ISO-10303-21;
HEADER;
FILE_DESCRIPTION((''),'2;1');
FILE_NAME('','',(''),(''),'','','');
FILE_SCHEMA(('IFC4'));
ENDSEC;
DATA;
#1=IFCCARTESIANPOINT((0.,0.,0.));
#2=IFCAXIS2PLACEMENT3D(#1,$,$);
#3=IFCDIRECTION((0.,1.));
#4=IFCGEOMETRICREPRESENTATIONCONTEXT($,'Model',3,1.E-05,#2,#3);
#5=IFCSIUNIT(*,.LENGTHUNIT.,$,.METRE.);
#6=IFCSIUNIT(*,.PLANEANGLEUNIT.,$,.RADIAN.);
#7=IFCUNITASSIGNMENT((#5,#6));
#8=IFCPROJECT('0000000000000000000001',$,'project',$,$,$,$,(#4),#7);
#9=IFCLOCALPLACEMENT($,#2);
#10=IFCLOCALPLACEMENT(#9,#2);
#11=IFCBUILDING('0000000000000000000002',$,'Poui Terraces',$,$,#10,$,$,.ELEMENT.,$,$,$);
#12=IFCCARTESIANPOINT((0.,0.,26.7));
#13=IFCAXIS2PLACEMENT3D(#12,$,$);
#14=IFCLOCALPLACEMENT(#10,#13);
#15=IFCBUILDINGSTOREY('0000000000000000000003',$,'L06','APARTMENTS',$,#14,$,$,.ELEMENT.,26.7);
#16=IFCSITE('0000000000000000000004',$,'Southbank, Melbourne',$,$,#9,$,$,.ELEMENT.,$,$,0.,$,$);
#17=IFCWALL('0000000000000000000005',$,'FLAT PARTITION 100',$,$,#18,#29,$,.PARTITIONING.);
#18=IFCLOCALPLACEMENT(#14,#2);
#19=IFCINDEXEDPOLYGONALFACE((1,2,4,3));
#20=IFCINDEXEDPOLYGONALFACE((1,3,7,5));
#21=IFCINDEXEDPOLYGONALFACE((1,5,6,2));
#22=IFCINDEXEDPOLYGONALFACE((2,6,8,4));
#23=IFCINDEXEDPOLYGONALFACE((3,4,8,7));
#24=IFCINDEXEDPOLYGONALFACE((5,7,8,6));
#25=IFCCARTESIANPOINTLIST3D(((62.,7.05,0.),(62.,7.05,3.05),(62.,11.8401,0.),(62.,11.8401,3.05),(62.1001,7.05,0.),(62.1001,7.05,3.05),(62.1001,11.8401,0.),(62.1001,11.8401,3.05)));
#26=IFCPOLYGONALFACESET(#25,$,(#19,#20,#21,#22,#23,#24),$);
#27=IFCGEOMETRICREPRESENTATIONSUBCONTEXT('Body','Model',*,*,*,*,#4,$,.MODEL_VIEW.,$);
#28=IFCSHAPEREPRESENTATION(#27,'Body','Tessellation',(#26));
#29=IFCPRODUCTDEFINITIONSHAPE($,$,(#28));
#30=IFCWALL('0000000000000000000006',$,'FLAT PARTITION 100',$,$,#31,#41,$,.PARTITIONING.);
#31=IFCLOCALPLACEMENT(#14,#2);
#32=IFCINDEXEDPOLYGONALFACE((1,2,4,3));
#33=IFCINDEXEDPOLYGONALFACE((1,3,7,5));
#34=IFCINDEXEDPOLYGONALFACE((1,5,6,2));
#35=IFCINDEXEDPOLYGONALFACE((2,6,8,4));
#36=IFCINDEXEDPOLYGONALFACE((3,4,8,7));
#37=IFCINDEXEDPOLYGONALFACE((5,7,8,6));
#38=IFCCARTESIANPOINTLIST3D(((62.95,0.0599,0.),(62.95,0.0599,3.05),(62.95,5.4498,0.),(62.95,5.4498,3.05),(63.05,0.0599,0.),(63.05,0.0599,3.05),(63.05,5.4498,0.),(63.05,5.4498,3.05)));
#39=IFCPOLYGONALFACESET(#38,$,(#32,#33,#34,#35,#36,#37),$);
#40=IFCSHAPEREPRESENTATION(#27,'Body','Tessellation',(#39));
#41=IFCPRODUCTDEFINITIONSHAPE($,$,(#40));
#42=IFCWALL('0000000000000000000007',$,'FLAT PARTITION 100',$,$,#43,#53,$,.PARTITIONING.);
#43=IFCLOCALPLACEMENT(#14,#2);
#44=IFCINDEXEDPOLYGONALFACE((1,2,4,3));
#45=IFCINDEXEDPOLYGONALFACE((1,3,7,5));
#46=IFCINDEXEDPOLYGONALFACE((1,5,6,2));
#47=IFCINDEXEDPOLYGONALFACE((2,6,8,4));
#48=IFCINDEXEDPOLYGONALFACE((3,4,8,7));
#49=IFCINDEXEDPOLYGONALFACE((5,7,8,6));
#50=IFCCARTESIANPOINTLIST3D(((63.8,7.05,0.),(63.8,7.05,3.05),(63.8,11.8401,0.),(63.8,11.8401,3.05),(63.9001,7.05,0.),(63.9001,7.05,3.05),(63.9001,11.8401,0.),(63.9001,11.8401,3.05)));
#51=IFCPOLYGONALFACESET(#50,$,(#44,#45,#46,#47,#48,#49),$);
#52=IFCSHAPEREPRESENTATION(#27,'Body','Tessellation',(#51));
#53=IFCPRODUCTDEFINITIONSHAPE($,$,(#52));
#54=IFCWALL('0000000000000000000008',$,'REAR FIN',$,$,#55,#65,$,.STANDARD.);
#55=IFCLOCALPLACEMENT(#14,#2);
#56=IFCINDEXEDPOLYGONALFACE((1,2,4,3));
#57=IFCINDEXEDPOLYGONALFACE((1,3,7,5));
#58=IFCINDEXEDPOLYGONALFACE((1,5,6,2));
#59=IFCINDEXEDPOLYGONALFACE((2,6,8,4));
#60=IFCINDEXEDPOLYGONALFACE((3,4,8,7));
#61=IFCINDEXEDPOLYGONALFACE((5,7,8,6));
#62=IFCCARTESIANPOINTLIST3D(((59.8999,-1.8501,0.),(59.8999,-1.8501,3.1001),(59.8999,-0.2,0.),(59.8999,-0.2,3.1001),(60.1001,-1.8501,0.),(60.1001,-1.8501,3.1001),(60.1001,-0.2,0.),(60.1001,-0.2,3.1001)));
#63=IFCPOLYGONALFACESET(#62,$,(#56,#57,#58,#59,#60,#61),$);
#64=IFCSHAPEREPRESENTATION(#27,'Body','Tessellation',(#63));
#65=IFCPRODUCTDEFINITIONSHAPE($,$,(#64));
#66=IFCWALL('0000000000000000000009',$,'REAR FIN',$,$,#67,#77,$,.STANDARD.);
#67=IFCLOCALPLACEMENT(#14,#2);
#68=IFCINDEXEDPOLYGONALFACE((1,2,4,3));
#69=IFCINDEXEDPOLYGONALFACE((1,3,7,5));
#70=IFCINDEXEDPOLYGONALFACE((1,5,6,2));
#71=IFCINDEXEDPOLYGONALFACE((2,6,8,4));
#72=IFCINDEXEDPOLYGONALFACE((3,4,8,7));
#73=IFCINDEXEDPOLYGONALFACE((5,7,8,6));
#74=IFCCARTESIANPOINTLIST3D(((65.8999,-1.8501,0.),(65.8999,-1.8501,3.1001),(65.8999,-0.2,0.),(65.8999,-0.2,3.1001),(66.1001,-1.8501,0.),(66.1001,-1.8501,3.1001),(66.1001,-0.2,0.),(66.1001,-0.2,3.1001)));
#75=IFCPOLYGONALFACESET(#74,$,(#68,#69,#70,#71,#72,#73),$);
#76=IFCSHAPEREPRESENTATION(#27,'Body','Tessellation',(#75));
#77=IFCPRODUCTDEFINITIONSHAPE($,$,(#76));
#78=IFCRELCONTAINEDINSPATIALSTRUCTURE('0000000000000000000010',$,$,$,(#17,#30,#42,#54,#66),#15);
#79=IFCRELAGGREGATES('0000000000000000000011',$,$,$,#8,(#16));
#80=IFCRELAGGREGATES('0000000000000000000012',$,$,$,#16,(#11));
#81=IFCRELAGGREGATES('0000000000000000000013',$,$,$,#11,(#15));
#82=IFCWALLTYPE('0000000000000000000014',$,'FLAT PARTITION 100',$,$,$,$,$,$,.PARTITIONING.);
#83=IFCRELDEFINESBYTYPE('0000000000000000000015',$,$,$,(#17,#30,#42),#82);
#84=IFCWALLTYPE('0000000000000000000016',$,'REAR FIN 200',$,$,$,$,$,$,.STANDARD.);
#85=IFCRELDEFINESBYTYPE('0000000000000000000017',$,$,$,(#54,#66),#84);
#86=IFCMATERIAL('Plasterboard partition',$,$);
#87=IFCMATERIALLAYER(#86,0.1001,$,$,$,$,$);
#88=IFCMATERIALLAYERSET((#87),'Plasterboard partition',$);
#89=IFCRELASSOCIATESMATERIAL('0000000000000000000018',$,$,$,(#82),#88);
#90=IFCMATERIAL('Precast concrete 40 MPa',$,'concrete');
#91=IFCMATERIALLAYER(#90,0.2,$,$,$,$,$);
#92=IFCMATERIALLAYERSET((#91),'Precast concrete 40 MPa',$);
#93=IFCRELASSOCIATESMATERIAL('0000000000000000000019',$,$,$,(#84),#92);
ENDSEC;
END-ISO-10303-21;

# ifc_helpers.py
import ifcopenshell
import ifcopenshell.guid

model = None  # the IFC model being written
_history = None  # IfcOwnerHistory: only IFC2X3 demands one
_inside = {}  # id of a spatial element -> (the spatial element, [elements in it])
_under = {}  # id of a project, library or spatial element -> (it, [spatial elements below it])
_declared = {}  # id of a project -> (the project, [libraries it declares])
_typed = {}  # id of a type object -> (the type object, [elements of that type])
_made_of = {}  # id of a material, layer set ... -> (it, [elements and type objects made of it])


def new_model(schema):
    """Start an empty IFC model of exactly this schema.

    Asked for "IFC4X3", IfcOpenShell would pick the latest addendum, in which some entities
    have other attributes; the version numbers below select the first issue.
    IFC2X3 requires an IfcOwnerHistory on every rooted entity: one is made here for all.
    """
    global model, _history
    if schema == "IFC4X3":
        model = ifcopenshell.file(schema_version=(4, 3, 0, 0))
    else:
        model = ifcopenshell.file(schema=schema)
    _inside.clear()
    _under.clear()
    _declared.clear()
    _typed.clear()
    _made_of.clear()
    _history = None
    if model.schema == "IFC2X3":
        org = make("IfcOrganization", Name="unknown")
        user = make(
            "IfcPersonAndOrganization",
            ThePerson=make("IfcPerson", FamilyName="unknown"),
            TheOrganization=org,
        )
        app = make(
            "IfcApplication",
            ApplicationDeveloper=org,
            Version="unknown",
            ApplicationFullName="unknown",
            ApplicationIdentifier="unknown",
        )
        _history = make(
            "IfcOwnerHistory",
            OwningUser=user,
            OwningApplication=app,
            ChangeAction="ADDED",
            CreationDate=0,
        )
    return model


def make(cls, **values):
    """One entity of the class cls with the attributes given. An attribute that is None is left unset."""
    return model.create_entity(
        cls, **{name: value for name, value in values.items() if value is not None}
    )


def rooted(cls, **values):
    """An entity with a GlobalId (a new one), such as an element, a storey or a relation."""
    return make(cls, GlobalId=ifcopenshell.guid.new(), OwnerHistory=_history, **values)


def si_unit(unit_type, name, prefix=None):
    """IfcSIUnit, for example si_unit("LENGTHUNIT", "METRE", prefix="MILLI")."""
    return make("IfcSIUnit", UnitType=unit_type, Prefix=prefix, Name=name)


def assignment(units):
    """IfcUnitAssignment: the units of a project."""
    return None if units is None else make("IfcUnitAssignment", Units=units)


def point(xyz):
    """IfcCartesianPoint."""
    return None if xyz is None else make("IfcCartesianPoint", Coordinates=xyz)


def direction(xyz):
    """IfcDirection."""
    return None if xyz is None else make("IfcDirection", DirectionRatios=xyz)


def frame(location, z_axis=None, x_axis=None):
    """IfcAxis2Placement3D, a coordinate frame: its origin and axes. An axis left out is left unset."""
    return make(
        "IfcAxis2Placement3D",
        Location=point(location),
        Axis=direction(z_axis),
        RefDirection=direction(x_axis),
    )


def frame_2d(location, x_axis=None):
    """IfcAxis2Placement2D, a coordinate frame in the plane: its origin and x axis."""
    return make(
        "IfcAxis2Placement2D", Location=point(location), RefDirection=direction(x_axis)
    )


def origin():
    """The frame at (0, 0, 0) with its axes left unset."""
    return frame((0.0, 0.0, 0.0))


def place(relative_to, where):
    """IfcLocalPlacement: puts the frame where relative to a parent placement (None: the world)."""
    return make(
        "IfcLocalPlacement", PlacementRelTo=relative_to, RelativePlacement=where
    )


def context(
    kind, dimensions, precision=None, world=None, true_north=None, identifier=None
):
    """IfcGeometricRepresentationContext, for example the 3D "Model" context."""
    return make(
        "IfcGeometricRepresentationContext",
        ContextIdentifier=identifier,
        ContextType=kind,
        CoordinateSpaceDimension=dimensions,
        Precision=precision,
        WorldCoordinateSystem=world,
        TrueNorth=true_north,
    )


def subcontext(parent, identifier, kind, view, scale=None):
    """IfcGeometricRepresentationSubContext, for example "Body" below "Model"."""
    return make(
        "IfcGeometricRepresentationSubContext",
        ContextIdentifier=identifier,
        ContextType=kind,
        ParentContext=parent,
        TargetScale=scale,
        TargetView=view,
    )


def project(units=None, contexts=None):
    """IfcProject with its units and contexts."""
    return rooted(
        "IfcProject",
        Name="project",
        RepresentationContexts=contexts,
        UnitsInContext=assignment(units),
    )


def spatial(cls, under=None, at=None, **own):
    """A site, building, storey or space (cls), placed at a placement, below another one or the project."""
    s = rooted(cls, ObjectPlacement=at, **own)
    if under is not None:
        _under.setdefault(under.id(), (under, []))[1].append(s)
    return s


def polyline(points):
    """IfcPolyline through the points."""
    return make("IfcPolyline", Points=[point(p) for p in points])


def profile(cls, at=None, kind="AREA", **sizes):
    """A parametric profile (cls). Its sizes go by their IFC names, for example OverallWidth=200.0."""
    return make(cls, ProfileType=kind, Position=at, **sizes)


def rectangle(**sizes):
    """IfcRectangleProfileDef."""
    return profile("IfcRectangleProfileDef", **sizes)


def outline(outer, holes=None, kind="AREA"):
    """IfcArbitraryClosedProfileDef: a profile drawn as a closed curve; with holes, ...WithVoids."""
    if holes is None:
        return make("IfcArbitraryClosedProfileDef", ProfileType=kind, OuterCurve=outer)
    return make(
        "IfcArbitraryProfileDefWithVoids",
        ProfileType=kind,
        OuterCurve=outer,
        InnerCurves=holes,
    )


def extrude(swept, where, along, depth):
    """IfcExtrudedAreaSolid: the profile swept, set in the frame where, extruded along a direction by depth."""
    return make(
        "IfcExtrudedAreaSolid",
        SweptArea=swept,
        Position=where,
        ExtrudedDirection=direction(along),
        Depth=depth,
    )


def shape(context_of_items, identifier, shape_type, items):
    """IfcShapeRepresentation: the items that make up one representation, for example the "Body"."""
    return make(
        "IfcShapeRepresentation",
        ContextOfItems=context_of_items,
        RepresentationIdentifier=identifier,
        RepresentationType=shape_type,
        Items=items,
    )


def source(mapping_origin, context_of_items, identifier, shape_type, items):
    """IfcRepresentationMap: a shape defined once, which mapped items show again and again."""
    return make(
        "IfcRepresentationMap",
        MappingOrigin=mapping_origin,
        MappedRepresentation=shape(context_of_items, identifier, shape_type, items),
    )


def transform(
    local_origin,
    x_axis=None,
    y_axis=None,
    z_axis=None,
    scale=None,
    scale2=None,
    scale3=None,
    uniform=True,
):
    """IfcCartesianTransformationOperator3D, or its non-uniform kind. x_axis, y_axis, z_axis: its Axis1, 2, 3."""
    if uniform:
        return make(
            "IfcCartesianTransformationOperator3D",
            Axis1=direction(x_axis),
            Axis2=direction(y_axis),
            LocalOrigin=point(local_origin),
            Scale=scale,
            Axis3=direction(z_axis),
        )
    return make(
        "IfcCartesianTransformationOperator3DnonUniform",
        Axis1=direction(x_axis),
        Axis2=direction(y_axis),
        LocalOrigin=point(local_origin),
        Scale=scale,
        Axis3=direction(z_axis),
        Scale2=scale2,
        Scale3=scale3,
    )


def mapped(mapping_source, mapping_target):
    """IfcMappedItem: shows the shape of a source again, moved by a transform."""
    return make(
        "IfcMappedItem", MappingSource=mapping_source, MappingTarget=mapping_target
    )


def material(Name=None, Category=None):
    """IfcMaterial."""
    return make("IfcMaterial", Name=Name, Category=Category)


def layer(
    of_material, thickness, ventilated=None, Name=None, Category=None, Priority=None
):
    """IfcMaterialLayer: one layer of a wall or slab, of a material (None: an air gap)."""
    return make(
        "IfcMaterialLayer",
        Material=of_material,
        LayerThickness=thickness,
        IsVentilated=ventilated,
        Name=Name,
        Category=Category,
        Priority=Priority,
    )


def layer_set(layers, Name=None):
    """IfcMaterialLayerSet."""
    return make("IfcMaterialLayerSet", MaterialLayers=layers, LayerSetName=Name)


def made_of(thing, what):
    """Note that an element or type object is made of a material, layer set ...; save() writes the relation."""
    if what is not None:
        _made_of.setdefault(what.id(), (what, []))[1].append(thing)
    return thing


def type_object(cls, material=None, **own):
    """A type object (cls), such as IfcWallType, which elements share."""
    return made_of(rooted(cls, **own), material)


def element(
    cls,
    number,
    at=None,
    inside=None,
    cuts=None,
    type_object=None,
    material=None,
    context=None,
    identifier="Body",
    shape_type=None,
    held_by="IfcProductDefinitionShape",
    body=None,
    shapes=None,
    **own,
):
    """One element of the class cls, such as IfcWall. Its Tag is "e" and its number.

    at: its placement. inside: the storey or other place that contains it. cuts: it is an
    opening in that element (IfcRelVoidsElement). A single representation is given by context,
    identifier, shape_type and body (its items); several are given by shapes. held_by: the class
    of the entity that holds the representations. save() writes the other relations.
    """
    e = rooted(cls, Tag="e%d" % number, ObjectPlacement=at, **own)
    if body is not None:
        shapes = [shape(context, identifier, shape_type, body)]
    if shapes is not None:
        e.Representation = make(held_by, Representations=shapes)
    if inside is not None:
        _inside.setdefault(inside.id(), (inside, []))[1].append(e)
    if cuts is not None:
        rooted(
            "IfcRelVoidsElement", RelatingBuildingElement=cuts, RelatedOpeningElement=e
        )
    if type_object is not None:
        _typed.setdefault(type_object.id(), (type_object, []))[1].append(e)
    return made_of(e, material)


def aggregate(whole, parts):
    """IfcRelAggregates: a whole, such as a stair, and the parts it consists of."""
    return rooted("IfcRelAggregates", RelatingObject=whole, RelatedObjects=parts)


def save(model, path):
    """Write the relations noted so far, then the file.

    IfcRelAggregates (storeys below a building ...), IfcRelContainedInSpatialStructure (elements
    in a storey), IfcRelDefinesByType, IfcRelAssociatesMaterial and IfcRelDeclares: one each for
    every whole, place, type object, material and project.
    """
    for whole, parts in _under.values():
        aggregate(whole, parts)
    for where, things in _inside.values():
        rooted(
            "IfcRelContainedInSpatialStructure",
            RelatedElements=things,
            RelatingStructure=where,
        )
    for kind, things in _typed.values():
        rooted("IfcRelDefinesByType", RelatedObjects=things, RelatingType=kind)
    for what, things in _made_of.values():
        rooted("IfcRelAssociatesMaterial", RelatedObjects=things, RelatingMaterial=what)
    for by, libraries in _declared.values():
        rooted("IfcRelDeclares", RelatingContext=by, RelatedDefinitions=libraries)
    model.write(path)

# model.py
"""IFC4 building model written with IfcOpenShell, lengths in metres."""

from ifc_helpers import new_model, si_unit, direction, frame, frame_2d, origin, place, context, subcontext, project, spatial, polyline, rectangle, outline, extrude, source, transform, mapped, material, layer, layer_set, type_object, element, save


model = new_model("IFC4")

# Units and contexts
model_context = context("Model", 3, precision=1e-05, world=origin(), true_north=direction((0.0, 1.0)))
body_context = subcontext(model_context, "Body", "Model", "MODEL_VIEW")
ifc_project = project(units=[si_unit("LENGTHUNIT", "METRE"), si_unit("PLANEANGLEUNIT", "RADIAN")], contexts=[model_context])

# Site, building, storey
site_placement = place(None, origin())
site = spatial("IfcSite", under=ifc_project, at=site_placement, Name="Southbank, Melbourne", CompositionType="ELEMENT", RefElevation=0.0)
building_placement = place(site_placement, origin())
building = spatial("IfcBuilding", under=site, at=building_placement, Name="Poui Terraces", CompositionType="ELEMENT")
storey_placement = place(building_placement, frame((0.0, 0.0, 26.7)))
storey = spatial("IfcBuildingStorey", under=building, at=storey_placement, Name="L06", Description="APARTMENTS", CompositionType="ELEMENT", Elevation=26.7)

# Shared definitions
ifc_material_1 = material(Name="Precast concrete 40 MPa", Category="concrete")

# Shared definitions
ifc_material_2 = material(Name="Plasterboard partition")
ifc_layer_1 = layer(ifc_material_2, 0.1001)
ifc_layer_set_1 = layer_set([ifc_layer_1], Name="Plasterboard partition")
wall_type_1 = type_object("IfcWallType", Name="FLAT PARTITION 100", PredefinedType="PARTITIONING", material=ifc_layer_set_1)

# Walls
wall_1_placement = place(storey_placement, frame((62.05, 7.05, 0.0), z_axis=(0.0, 0.0, 1.0), x_axis=(0.0, 1.0, 0.0)))
element("IfcWall", 1, at=wall_1_placement, inside=storey, type_object=wall_type_1, Name="FLAT PARTITION 100", PredefinedType="PARTITIONING", context=body_context, shape_type="SweptSolid", body=[
    extrude(rectangle(XDim=4.79, YDim=0.1001, at=frame_2d((2.395, 0.0))), origin(), (0.0, 0.0, 1.0), 3.05),
])
wall_2_placement = place(storey_placement, frame((63.0, 0.0601, 0.0), z_axis=(0.0, 0.0, 1.0), x_axis=(0.0, 1.0, 0.0)))
element("IfcWall", 2, at=wall_2_placement, inside=storey, type_object=wall_type_1, Name="FLAT PARTITION 100", PredefinedType="PARTITIONING", context=body_context, shape_type="SweptSolid", body=[
    extrude(rectangle(XDim=5.3899, YDim=0.1001, at=frame_2d((2.6948, 0.0))), origin(), (0.0, 0.0, 1.0), 3.05),
])
wall_3_placement = place(storey_placement, frame((63.8501, 7.05, 0.0), z_axis=(0.0, 0.0, 1.0), x_axis=(0.0, 1.0, 0.0)))
element("IfcWall", 3, at=wall_3_placement, inside=storey, type_object=wall_type_1, Name="FLAT PARTITION 100", PredefinedType="PARTITIONING", context=body_context, shape_type="SweptSolid", body=[
    extrude(rectangle(XDim=4.79, YDim=0.1001, at=frame_2d((2.395, 0.0))), origin(), (0.0, 0.0, 1.0), 3.05),
])
ifc_layer_2 = layer(ifc_material_1, 0.2)
ifc_layer_set_2 = layer_set([ifc_layer_2], Name="Precast concrete 40 MPa")
wall_type_2 = type_object("IfcWallType", Name="REAR FIN 200", PredefinedType="STANDARD", material=ifc_layer_set_2)
shared_shape_1 = source(origin(), body_context, "Body", "SweptSolid", [
    extrude(outline(polyline([(0.0, 0.0), (0.2002, 0.0), (0.2002, 1.6501), (0.0, 1.6501), (0.0, 0.0)])), origin(), (0.0, 0.0, 1.0), 3.1001),
])
for number, where, name in (
    (4, (59.8999, -1.8501, 0.0), "REAR FIN"),
    (5, (65.8999, -1.8501, 0.0), "REAR FIN"),
):
    element("IfcWall", number, at=place(storey_placement, frame(where)), inside=storey, type_object=wall_type_2, Name=name, PredefinedType="STANDARD", context=body_context, shape_type="MappedRepresentation", body=[
        mapped(shared_shape_1, transform((0.0, 0.0, 0.0))),
    ])

save(model, "model.ifc")
